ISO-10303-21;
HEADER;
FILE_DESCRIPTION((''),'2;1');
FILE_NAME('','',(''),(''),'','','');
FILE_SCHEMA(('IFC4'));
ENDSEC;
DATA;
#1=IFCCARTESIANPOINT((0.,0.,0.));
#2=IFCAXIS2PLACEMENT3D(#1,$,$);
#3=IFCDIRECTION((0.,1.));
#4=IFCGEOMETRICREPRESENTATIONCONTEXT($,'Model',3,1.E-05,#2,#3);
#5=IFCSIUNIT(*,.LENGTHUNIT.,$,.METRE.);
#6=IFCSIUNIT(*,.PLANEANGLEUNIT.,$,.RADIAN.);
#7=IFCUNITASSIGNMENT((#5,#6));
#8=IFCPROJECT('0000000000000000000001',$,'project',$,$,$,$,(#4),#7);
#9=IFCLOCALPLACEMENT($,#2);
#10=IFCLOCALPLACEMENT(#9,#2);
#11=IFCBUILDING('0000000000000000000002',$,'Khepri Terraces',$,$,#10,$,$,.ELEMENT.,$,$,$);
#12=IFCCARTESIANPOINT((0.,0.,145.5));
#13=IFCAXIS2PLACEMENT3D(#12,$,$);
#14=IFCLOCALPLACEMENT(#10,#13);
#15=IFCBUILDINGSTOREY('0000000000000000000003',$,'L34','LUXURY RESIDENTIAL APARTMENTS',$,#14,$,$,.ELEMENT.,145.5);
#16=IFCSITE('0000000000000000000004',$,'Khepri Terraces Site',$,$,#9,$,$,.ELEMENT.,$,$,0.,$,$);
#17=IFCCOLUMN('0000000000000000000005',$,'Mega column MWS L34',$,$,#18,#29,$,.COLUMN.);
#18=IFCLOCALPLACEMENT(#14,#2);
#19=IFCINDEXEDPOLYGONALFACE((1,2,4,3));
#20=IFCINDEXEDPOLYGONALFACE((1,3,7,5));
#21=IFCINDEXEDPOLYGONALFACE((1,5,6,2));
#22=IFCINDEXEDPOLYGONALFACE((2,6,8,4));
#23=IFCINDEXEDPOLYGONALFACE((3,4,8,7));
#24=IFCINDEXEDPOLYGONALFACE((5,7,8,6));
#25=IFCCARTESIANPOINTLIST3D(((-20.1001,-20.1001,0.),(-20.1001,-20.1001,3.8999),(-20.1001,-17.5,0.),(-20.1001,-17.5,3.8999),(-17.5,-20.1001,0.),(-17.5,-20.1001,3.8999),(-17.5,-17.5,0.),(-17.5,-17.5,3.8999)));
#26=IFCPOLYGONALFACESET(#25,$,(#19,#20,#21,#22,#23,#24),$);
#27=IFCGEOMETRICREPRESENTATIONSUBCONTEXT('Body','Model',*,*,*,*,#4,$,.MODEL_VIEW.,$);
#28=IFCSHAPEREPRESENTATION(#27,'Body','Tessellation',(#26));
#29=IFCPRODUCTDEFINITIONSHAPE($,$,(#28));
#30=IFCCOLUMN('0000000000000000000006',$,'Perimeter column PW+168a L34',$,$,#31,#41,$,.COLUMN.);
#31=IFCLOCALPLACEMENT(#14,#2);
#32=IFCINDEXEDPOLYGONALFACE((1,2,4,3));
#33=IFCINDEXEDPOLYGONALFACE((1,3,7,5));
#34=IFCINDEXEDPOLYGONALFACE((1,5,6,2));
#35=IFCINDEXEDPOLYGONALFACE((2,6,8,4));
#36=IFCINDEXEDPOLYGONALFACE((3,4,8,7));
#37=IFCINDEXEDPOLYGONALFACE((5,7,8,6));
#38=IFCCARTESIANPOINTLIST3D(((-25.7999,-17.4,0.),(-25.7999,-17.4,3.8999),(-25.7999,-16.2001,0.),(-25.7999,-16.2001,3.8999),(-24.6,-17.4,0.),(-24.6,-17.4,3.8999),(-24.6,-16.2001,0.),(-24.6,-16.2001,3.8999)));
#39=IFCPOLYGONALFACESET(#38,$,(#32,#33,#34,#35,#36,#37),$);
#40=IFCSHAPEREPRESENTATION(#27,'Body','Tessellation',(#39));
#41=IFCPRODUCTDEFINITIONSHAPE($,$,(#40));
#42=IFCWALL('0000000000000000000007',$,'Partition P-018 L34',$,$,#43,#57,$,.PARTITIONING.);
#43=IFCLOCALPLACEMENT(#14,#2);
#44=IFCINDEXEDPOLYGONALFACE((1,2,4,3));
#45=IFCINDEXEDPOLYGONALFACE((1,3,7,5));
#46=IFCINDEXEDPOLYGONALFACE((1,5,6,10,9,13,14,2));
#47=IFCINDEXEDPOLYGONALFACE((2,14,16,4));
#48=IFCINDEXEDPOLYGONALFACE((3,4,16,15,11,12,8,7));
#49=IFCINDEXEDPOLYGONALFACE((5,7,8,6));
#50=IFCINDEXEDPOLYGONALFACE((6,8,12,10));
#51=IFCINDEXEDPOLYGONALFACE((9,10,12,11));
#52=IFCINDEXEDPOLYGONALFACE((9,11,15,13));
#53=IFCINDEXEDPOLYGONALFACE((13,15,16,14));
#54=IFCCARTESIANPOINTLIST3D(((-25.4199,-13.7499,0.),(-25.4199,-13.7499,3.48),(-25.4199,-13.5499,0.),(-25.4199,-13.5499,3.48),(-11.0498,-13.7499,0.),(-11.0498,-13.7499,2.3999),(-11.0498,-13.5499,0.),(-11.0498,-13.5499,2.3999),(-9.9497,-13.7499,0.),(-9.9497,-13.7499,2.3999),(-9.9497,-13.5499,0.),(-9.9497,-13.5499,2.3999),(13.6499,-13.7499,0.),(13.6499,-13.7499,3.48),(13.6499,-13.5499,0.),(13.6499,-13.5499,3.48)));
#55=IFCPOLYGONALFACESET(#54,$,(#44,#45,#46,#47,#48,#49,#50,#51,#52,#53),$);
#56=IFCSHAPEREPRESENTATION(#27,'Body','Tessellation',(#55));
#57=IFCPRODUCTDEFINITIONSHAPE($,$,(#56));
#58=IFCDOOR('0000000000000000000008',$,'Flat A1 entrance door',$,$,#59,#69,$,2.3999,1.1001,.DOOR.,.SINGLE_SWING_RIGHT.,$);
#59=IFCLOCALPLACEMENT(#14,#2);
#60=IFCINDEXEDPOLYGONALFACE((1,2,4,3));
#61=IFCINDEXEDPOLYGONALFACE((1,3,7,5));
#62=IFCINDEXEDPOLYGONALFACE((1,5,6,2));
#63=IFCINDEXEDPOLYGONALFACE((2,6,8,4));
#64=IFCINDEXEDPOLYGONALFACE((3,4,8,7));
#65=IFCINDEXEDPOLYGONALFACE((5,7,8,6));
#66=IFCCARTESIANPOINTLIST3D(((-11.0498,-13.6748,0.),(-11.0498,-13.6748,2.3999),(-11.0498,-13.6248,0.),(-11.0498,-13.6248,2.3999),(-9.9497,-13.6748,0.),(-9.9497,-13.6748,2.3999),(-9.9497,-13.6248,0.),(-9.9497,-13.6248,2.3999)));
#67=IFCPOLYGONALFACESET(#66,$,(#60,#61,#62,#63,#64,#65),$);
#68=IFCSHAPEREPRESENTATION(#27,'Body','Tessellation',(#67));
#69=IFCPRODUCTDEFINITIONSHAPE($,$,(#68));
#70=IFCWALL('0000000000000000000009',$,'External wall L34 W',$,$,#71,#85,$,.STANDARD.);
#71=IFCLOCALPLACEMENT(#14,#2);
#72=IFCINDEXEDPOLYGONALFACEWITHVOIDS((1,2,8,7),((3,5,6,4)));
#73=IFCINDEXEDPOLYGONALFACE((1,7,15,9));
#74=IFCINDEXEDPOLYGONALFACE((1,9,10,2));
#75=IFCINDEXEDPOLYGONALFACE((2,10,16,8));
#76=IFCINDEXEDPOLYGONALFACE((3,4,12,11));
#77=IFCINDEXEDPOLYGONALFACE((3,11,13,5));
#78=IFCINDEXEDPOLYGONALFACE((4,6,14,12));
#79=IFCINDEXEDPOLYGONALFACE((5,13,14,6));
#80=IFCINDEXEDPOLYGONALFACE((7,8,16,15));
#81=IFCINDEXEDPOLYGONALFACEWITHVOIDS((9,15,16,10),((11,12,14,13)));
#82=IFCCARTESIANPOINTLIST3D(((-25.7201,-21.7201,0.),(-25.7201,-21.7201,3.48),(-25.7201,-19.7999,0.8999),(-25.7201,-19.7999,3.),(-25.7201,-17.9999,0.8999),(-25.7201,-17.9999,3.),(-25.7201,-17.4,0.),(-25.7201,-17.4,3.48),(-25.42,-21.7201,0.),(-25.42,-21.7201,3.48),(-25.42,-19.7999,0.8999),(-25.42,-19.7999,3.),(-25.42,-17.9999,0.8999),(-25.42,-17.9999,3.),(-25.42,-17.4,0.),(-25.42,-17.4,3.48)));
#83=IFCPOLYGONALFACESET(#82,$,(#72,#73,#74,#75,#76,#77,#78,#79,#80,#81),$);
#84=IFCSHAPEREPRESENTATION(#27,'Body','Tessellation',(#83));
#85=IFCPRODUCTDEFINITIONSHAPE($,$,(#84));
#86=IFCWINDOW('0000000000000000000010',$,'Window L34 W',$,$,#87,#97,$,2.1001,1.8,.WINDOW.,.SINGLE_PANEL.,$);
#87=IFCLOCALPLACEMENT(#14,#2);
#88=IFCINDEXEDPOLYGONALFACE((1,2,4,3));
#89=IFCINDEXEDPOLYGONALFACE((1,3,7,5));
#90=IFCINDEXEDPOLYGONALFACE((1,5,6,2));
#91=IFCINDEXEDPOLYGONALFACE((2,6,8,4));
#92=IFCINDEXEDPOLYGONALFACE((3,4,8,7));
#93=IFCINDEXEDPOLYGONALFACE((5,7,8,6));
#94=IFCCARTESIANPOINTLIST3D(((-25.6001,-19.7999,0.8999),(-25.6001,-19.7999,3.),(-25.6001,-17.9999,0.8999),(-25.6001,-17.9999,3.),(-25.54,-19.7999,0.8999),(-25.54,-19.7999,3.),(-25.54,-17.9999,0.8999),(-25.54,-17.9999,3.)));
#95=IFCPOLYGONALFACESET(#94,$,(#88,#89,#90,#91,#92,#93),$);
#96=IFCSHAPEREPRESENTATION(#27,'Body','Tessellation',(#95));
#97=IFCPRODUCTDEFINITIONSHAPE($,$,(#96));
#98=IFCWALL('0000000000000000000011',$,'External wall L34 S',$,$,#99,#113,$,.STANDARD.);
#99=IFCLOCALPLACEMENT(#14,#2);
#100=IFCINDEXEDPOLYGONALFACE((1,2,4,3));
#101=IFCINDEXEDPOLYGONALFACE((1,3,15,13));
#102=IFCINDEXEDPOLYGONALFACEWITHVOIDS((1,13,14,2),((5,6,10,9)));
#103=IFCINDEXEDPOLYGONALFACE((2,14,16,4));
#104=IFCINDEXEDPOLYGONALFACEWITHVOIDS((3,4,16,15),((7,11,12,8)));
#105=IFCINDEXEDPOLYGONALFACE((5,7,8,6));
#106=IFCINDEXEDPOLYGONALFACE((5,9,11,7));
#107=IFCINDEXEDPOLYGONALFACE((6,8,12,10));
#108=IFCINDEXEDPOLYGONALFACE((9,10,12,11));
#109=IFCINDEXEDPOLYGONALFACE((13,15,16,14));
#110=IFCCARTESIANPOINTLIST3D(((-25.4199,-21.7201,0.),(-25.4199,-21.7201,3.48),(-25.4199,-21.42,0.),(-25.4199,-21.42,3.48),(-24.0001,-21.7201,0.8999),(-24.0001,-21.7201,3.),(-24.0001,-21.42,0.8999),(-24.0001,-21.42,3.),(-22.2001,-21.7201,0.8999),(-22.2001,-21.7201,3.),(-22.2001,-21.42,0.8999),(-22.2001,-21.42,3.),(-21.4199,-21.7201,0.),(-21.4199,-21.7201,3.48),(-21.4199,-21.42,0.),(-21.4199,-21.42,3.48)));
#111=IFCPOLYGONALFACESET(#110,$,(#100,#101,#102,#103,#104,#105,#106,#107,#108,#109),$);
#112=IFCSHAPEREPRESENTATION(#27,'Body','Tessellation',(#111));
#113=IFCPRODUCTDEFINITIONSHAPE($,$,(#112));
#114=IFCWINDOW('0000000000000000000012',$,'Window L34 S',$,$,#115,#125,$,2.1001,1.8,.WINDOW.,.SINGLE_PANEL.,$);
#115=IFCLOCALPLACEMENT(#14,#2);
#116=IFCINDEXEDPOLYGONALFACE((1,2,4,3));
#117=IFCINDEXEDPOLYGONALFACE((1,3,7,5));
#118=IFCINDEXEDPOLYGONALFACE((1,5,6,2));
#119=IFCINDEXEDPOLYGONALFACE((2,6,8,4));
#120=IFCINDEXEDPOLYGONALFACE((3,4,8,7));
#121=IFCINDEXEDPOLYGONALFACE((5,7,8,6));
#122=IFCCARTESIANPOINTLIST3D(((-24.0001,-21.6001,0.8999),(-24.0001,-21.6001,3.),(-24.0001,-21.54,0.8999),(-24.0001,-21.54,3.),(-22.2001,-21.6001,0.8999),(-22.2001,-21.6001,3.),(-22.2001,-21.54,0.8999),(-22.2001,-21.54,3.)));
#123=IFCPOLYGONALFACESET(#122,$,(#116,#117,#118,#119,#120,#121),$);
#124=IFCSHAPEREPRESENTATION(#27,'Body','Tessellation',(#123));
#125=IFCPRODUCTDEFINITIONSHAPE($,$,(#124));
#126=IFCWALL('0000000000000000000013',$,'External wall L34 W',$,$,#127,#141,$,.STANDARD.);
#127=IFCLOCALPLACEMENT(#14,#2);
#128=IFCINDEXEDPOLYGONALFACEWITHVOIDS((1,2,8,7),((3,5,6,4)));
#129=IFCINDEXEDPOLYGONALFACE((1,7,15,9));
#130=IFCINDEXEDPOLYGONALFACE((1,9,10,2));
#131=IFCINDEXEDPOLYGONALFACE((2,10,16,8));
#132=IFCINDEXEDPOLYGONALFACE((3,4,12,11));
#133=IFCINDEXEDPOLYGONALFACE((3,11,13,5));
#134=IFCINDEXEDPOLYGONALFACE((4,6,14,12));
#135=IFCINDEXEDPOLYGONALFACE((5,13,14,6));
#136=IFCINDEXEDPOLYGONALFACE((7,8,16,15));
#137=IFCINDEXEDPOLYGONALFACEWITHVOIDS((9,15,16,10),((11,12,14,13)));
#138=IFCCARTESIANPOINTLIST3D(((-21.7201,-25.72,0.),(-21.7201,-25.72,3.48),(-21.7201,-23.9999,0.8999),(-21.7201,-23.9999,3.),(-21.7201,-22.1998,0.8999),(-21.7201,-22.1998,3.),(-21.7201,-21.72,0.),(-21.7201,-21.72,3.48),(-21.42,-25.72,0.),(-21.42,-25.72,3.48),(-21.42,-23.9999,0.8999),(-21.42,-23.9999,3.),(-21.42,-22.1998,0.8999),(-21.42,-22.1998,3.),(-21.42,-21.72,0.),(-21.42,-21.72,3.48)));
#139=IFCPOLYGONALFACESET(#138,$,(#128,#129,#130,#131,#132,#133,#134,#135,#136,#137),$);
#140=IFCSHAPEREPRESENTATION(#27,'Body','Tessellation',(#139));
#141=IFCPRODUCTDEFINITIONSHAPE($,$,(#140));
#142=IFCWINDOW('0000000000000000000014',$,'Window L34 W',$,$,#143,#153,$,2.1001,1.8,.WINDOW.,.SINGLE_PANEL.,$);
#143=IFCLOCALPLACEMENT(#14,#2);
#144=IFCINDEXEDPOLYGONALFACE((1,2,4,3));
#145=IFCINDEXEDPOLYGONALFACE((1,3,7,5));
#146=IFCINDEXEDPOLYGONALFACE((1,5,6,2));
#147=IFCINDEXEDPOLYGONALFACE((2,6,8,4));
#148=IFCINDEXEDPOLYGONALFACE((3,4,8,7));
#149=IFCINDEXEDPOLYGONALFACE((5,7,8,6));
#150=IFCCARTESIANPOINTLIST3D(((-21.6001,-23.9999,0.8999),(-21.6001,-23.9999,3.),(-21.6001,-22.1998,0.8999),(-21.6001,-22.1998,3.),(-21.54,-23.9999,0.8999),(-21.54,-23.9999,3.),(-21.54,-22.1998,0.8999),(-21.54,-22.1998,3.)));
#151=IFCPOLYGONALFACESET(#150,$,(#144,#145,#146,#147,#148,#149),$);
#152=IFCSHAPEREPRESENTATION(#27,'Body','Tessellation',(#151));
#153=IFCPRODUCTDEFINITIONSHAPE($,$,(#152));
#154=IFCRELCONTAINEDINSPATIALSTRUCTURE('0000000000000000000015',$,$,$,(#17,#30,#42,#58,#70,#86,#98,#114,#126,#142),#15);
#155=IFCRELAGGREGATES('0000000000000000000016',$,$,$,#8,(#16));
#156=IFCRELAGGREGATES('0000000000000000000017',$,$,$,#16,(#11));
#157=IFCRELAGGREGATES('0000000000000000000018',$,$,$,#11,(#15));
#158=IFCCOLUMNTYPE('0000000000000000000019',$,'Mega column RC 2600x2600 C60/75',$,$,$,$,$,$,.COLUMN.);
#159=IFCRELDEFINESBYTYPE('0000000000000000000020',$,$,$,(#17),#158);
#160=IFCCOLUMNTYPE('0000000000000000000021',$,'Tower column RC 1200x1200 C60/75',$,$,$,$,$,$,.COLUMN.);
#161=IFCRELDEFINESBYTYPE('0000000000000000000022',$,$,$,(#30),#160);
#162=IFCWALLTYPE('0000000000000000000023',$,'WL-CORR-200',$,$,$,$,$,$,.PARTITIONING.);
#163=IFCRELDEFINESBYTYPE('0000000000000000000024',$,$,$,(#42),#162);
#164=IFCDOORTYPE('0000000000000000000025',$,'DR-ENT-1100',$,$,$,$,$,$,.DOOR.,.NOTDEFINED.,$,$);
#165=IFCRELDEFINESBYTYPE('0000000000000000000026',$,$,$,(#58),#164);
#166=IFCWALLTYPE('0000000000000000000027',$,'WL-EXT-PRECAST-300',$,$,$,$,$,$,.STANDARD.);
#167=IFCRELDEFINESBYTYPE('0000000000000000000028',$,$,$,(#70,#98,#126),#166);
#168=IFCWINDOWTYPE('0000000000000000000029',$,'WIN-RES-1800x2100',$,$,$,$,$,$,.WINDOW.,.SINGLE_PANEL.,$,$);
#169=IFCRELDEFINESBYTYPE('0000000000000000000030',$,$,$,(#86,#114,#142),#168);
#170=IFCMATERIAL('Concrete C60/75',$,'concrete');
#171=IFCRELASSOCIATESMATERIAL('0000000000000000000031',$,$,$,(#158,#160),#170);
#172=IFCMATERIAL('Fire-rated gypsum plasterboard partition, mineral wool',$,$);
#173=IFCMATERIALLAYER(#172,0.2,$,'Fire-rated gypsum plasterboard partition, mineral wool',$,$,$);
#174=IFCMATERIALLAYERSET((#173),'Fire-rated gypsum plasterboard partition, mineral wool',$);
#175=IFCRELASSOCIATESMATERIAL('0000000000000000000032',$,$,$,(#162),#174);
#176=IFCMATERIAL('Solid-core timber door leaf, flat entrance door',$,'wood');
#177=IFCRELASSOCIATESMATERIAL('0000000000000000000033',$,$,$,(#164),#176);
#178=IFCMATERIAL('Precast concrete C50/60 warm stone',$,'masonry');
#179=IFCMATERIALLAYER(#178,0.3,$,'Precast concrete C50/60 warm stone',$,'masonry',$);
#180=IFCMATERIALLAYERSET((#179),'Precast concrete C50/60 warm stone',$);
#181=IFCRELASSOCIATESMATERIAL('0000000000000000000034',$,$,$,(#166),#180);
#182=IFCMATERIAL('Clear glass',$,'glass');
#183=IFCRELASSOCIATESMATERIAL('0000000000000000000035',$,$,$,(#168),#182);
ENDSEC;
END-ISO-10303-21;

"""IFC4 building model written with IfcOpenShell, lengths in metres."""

from ifc_helpers import new_model, si_unit, direction, frame, frame_2d, origin, origin_2d, place, context, subcontext, project, spatial, rectangle, extrude, material, layer, layer_set, material_profile, profile_set, type_object, element, fill, save


model = new_model("IFC4")

# Units and contexts
model_context = context("Model", 3, precision=1e-05, world=origin(), true_north=direction((0.0, 1.0)))
body_context = subcontext(model_context, "Body", "Model", "MODEL_VIEW")
ifc_project = project(units=[si_unit("LENGTHUNIT", "METRE"), si_unit("PLANEANGLEUNIT", "RADIAN")], contexts=[model_context])

# Site, building, storey
site_placement = place(None, origin())
site = spatial("IfcSite", under=ifc_project, at=site_placement, Name="Khepri Terraces Site", CompositionType="ELEMENT", RefElevation=0.0)
building_placement = place(site_placement, origin())
building = spatial("IfcBuilding", under=site, at=building_placement, Name="Khepri Terraces", CompositionType="ELEMENT")
storey_placement = place(building_placement, frame((0.0, 0.0, 145.5)))
storey = spatial("IfcBuildingStorey", under=building, at=storey_placement, Name="L34", Description="LUXURY RESIDENTIAL APARTMENTS", CompositionType="ELEMENT", Elevation=145.5)

# Columns
ifc_material_1 = material(Name="Concrete C60/75", Category="concrete")
ifc_material_profile_1 = material_profile(ifc_material_1, rectangle(XDim=2.6001, YDim=2.6001, at=origin_2d()), Name="Concrete C60/75", Category="concrete")
ifc_profile_set_1 = profile_set([ifc_material_profile_1], Name="Concrete C60/75")
column_type_1 = type_object("IfcColumnType", Name="Mega column RC 2600x2600 C60/75", PredefinedType="COLUMN", material=ifc_profile_set_1)
column_1_placement = place(storey_placement, frame((-18.8, -18.8, 0.0), z_axis=(0.0, 0.0, 1.0), x_axis=(1.0, 0.0, 0.0)))
element("IfcColumn", 1, at=column_1_placement, inside=storey, type_object=column_type_1, Name="Mega column MWS L34", PredefinedType="COLUMN", context=body_context, shape_type="SweptSolid", body=[
    extrude(rectangle(XDim=2.6001, YDim=2.6001, at=origin_2d()), origin(), (0.0, 0.0, 1.0), 3.8999),
])
ifc_material_profile_2 = material_profile(ifc_material_1, rectangle(XDim=1.2, YDim=1.2, at=origin_2d()), Name="Concrete C60/75", Category="concrete")
ifc_profile_set_2 = profile_set([ifc_material_profile_2], Name="Concrete C60/75")
column_type_2 = type_object("IfcColumnType", Name="Tower column RC 1200x1200 C60/75", PredefinedType="COLUMN", material=ifc_profile_set_2)
column_2_placement = place(storey_placement, frame((-25.2, -16.8, 0.0), z_axis=(0.0, 0.0, 1.0), x_axis=(1.0, 0.0, 0.0)))
element("IfcColumn", 2, at=column_2_placement, inside=storey, type_object=column_type_2, Name="Perimeter column PW+168a L34", PredefinedType="COLUMN", context=body_context, shape_type="SweptSolid", body=[
    extrude(rectangle(XDim=1.2, YDim=1.2, at=origin_2d()), origin(), (0.0, 0.0, 1.0), 3.8999),
])

# Wall, opening, door
ifc_material_2 = material(Name="Fire-rated gypsum plasterboard partition, mineral wool")
ifc_layer_1 = layer(ifc_material_2, 0.2, Name="Fire-rated gypsum plasterboard partition, mineral wool")
ifc_layer_set_1 = layer_set([ifc_layer_1], Name="Fire-rated gypsum plasterboard partition, mineral wool")
wall_type_1 = type_object("IfcWallType", Name="WL-CORR-200", PredefinedType="PARTITIONING", material=ifc_layer_set_1)
wall_1_placement = place(storey_placement, frame((-25.4199, -13.6499, 0.0), z_axis=(0.0, 0.0, 1.0), x_axis=(1.0, 0.0, 0.0)))
wall_1 = element("IfcWall", 3, at=wall_1_placement, inside=storey, type_object=wall_type_1, Name="Partition P-018 L34", PredefinedType="PARTITIONING", context=body_context, shape_type="SweptSolid", body=[
    extrude(rectangle(XDim=39.0698, YDim=0.2, at=frame_2d((19.5349, 0.0))), origin(), (0.0, 0.0, 1.0), 3.48),
])
opening_1_placement = place(wall_1_placement, frame((14.3701, 0.0, 0.0)))
opening_1 = element("IfcOpeningElement", 4, at=opening_1_placement, cuts=wall_1, PredefinedType="OPENING", context=body_context, shape_type="SweptSolid", body=[
    extrude(rectangle(XDim=1.1001, YDim=2.3999, at=frame_2d((0.55, 1.2))), frame((0.0, 0.1099, 0.0), z_axis=(0.0, -1.0, 0.0), x_axis=(1.0, 0.0, 0.0)), (0.0, 0.0, 1.0), 0.22),
])
ifc_material_3 = material(Name="Solid-core timber door leaf, flat entrance door", Category="wood")
door_type_1 = type_object("IfcDoorType", Name="DR-ENT-1100", OperationType="NOTDEFINED", PredefinedType="DOOR", material=ifc_material_3)
door_1_placement = place(opening_1_placement, frame((1.1001, 0.0, 0.0), z_axis=(0.0, 0.0, 1.0), x_axis=(-1.0, 0.0, 0.0)))
door_1 = element("IfcDoor", 5, at=door_1_placement, inside=storey, type_object=door_type_1, Name="Flat A1 entrance door", OperationType="SINGLE_SWING_RIGHT", OverallHeight=2.3999, OverallWidth=1.1001, PredefinedType="DOOR", context=body_context, shape_type="SweptSolid", body=[
    extrude(rectangle(XDim=1.1001, YDim=2.3999, at=frame_2d((0.55, 1.2))), frame((0.0, 0.0249, 0.0), z_axis=(0.0, -1.0, 0.0), x_axis=(1.0, 0.0, 0.0)), (0.0, 0.0, 1.0), 0.05),
])
fill(opening_1, door_1)

# Walls, openings, windows
ifc_material_4 = material(Name="Precast concrete C50/60 warm stone", Category="masonry")
ifc_layer_2 = layer(ifc_material_4, 0.3, Name="Precast concrete C50/60 warm stone", Category="masonry")
ifc_layer_set_2 = layer_set([ifc_layer_2], Name="Precast concrete C50/60 warm stone")
wall_type_2 = type_object("IfcWallType", Name="WL-EXT-PRECAST-300", PredefinedType="STANDARD", material=ifc_layer_set_2)
wall_2_placement = place(storey_placement, frame((-25.5701, -17.3999, 0.0), z_axis=(0.0, 0.0, 1.0), x_axis=(0.0, -1.0, 0.0)))
wall_2 = element("IfcWall", 6, at=wall_2_placement, inside=storey, type_object=wall_type_2, Name="External wall L34 W", PredefinedType="STANDARD", context=body_context, shape_type="SweptSolid", body=[
    extrude(rectangle(XDim=4.3201, YDim=0.3, at=frame_2d((2.1602, 0.0))), origin(), (0.0, 0.0, 1.0), 3.48),
])
opening_2_placement = place(wall_2_placement, frame((0.6001, 0.0, 0.8999)))
opening_2 = element("IfcOpeningElement", 7, at=opening_2_placement, cuts=wall_2, PredefinedType="OPENING", context=body_context, shape_type="SweptSolid", body=[
    extrude(rectangle(XDim=1.8, YDim=2.1001, at=frame_2d((0.8999, 1.05))), frame((0.0, 0.1602, 0.0), z_axis=(0.0, -1.0, 0.0), x_axis=(1.0, 0.0, 0.0)), (0.0, 0.0, 1.0), 0.3201),
])
ifc_material_5 = material(Name="Clear glass", Category="glass")
window_type = type_object("IfcWindowType", Name="WIN-RES-1800x2100", PartitioningType="SINGLE_PANEL", PredefinedType="WINDOW", material=ifc_material_5)
window_1_placement = place(opening_2_placement, origin())
window_1 = element("IfcWindow", 8, at=window_1_placement, inside=storey, type_object=window_type, Name="Window L34 W", OverallHeight=2.1001, OverallWidth=1.8, PartitioningType="SINGLE_PANEL", PredefinedType="WINDOW", context=body_context, shape_type="SweptSolid", body=[
    extrude(rectangle(XDim=1.8, YDim=2.1001, at=frame_2d((0.8999, 1.05))), frame((0.0, 0.03, 0.0), z_axis=(0.0, -1.0, 0.0), x_axis=(1.0, 0.0, 0.0)), (0.0, 0.0, 1.0), 0.0601),
])
fill(opening_2, window_1)
wall_3_placement = place(storey_placement, frame((-25.4199, -21.5701, 0.0), z_axis=(0.0, 0.0, 1.0), x_axis=(1.0, 0.0, 0.0)))
wall_3 = element("IfcWall", 9, at=wall_3_placement, inside=storey, type_object=wall_type_2, Name="External wall L34 S", PredefinedType="STANDARD", context=body_context, shape_type="SweptSolid", body=[
    extrude(rectangle(XDim=4.0, YDim=0.3, at=frame_2d((2.0, 0.0))), origin(), (0.0, 0.0, 1.0), 3.48),
])
opening_3_placement = place(wall_3_placement, frame((1.4199, 0.0, 0.8999)))
opening_3 = element("IfcOpeningElement", 10, at=opening_3_placement, cuts=wall_3, PredefinedType="OPENING", context=body_context, shape_type="SweptSolid", body=[
    extrude(rectangle(XDim=1.8, YDim=2.1001, at=frame_2d((0.8999, 1.05))), frame((0.0, 0.1602, 0.0), z_axis=(0.0, -1.0, 0.0), x_axis=(1.0, 0.0, 0.0)), (0.0, 0.0, 1.0), 0.3201),
])
window_2_placement = place(opening_3_placement, origin())
window_2 = element("IfcWindow", 11, at=window_2_placement, inside=storey, type_object=window_type, Name="Window L34 S", OverallHeight=2.1001, OverallWidth=1.8, PartitioningType="SINGLE_PANEL", PredefinedType="WINDOW", context=body_context, shape_type="SweptSolid", body=[
    extrude(rectangle(XDim=1.8, YDim=2.1001, at=frame_2d((0.8999, 1.05))), frame((0.0, 0.03, 0.0), z_axis=(0.0, -1.0, 0.0), x_axis=(1.0, 0.0, 0.0)), (0.0, 0.0, 1.0), 0.0601),
])
fill(opening_3, window_2)
wall_4_placement = place(storey_placement, frame((-21.5701, -21.72, 0.0), z_axis=(0.0, 0.0, 1.0), x_axis=(0.0, -1.0, 0.0)))
wall_4 = element("IfcWall", 12, at=wall_4_placement, inside=storey, type_object=wall_type_2, Name="External wall L34 W", PredefinedType="STANDARD", context=body_context, shape_type="SweptSolid", body=[
    extrude(rectangle(XDim=4.0, YDim=0.3, at=frame_2d((2.0, 0.0))), origin(), (0.0, 0.0, 1.0), 3.48),
])
opening_4_placement = place(wall_4_placement, frame((0.48, 0.0, 0.8999)))
opening_4 = element("IfcOpeningElement", 13, at=opening_4_placement, cuts=wall_4, PredefinedType="OPENING", context=body_context, shape_type="SweptSolid", body=[
    extrude(rectangle(XDim=1.8, YDim=2.1001, at=frame_2d((0.8999, 1.05))), frame((0.0, 0.1602, 0.0), z_axis=(0.0, -1.0, 0.0), x_axis=(1.0, 0.0, 0.0)), (0.0, 0.0, 1.0), 0.3201),
])
window_3_placement = place(opening_4_placement, origin())
window_3 = element("IfcWindow", 14, at=window_3_placement, inside=storey, type_object=window_type, Name="Window L34 W", OverallHeight=2.1001, OverallWidth=1.8, PartitioningType="SINGLE_PANEL", PredefinedType="WINDOW", context=body_context, shape_type="SweptSolid", body=[
    extrude(rectangle(XDim=1.8, YDim=2.1001, at=frame_2d((0.8999, 1.05))), frame((0.0, 0.03, 0.0), z_axis=(0.0, -1.0, 0.0), x_axis=(1.0, 0.0, 0.0)), (0.0, 0.0, 1.0), 0.0601),
])
fill(opening_4, window_3)

save(model, "model.ifc")
